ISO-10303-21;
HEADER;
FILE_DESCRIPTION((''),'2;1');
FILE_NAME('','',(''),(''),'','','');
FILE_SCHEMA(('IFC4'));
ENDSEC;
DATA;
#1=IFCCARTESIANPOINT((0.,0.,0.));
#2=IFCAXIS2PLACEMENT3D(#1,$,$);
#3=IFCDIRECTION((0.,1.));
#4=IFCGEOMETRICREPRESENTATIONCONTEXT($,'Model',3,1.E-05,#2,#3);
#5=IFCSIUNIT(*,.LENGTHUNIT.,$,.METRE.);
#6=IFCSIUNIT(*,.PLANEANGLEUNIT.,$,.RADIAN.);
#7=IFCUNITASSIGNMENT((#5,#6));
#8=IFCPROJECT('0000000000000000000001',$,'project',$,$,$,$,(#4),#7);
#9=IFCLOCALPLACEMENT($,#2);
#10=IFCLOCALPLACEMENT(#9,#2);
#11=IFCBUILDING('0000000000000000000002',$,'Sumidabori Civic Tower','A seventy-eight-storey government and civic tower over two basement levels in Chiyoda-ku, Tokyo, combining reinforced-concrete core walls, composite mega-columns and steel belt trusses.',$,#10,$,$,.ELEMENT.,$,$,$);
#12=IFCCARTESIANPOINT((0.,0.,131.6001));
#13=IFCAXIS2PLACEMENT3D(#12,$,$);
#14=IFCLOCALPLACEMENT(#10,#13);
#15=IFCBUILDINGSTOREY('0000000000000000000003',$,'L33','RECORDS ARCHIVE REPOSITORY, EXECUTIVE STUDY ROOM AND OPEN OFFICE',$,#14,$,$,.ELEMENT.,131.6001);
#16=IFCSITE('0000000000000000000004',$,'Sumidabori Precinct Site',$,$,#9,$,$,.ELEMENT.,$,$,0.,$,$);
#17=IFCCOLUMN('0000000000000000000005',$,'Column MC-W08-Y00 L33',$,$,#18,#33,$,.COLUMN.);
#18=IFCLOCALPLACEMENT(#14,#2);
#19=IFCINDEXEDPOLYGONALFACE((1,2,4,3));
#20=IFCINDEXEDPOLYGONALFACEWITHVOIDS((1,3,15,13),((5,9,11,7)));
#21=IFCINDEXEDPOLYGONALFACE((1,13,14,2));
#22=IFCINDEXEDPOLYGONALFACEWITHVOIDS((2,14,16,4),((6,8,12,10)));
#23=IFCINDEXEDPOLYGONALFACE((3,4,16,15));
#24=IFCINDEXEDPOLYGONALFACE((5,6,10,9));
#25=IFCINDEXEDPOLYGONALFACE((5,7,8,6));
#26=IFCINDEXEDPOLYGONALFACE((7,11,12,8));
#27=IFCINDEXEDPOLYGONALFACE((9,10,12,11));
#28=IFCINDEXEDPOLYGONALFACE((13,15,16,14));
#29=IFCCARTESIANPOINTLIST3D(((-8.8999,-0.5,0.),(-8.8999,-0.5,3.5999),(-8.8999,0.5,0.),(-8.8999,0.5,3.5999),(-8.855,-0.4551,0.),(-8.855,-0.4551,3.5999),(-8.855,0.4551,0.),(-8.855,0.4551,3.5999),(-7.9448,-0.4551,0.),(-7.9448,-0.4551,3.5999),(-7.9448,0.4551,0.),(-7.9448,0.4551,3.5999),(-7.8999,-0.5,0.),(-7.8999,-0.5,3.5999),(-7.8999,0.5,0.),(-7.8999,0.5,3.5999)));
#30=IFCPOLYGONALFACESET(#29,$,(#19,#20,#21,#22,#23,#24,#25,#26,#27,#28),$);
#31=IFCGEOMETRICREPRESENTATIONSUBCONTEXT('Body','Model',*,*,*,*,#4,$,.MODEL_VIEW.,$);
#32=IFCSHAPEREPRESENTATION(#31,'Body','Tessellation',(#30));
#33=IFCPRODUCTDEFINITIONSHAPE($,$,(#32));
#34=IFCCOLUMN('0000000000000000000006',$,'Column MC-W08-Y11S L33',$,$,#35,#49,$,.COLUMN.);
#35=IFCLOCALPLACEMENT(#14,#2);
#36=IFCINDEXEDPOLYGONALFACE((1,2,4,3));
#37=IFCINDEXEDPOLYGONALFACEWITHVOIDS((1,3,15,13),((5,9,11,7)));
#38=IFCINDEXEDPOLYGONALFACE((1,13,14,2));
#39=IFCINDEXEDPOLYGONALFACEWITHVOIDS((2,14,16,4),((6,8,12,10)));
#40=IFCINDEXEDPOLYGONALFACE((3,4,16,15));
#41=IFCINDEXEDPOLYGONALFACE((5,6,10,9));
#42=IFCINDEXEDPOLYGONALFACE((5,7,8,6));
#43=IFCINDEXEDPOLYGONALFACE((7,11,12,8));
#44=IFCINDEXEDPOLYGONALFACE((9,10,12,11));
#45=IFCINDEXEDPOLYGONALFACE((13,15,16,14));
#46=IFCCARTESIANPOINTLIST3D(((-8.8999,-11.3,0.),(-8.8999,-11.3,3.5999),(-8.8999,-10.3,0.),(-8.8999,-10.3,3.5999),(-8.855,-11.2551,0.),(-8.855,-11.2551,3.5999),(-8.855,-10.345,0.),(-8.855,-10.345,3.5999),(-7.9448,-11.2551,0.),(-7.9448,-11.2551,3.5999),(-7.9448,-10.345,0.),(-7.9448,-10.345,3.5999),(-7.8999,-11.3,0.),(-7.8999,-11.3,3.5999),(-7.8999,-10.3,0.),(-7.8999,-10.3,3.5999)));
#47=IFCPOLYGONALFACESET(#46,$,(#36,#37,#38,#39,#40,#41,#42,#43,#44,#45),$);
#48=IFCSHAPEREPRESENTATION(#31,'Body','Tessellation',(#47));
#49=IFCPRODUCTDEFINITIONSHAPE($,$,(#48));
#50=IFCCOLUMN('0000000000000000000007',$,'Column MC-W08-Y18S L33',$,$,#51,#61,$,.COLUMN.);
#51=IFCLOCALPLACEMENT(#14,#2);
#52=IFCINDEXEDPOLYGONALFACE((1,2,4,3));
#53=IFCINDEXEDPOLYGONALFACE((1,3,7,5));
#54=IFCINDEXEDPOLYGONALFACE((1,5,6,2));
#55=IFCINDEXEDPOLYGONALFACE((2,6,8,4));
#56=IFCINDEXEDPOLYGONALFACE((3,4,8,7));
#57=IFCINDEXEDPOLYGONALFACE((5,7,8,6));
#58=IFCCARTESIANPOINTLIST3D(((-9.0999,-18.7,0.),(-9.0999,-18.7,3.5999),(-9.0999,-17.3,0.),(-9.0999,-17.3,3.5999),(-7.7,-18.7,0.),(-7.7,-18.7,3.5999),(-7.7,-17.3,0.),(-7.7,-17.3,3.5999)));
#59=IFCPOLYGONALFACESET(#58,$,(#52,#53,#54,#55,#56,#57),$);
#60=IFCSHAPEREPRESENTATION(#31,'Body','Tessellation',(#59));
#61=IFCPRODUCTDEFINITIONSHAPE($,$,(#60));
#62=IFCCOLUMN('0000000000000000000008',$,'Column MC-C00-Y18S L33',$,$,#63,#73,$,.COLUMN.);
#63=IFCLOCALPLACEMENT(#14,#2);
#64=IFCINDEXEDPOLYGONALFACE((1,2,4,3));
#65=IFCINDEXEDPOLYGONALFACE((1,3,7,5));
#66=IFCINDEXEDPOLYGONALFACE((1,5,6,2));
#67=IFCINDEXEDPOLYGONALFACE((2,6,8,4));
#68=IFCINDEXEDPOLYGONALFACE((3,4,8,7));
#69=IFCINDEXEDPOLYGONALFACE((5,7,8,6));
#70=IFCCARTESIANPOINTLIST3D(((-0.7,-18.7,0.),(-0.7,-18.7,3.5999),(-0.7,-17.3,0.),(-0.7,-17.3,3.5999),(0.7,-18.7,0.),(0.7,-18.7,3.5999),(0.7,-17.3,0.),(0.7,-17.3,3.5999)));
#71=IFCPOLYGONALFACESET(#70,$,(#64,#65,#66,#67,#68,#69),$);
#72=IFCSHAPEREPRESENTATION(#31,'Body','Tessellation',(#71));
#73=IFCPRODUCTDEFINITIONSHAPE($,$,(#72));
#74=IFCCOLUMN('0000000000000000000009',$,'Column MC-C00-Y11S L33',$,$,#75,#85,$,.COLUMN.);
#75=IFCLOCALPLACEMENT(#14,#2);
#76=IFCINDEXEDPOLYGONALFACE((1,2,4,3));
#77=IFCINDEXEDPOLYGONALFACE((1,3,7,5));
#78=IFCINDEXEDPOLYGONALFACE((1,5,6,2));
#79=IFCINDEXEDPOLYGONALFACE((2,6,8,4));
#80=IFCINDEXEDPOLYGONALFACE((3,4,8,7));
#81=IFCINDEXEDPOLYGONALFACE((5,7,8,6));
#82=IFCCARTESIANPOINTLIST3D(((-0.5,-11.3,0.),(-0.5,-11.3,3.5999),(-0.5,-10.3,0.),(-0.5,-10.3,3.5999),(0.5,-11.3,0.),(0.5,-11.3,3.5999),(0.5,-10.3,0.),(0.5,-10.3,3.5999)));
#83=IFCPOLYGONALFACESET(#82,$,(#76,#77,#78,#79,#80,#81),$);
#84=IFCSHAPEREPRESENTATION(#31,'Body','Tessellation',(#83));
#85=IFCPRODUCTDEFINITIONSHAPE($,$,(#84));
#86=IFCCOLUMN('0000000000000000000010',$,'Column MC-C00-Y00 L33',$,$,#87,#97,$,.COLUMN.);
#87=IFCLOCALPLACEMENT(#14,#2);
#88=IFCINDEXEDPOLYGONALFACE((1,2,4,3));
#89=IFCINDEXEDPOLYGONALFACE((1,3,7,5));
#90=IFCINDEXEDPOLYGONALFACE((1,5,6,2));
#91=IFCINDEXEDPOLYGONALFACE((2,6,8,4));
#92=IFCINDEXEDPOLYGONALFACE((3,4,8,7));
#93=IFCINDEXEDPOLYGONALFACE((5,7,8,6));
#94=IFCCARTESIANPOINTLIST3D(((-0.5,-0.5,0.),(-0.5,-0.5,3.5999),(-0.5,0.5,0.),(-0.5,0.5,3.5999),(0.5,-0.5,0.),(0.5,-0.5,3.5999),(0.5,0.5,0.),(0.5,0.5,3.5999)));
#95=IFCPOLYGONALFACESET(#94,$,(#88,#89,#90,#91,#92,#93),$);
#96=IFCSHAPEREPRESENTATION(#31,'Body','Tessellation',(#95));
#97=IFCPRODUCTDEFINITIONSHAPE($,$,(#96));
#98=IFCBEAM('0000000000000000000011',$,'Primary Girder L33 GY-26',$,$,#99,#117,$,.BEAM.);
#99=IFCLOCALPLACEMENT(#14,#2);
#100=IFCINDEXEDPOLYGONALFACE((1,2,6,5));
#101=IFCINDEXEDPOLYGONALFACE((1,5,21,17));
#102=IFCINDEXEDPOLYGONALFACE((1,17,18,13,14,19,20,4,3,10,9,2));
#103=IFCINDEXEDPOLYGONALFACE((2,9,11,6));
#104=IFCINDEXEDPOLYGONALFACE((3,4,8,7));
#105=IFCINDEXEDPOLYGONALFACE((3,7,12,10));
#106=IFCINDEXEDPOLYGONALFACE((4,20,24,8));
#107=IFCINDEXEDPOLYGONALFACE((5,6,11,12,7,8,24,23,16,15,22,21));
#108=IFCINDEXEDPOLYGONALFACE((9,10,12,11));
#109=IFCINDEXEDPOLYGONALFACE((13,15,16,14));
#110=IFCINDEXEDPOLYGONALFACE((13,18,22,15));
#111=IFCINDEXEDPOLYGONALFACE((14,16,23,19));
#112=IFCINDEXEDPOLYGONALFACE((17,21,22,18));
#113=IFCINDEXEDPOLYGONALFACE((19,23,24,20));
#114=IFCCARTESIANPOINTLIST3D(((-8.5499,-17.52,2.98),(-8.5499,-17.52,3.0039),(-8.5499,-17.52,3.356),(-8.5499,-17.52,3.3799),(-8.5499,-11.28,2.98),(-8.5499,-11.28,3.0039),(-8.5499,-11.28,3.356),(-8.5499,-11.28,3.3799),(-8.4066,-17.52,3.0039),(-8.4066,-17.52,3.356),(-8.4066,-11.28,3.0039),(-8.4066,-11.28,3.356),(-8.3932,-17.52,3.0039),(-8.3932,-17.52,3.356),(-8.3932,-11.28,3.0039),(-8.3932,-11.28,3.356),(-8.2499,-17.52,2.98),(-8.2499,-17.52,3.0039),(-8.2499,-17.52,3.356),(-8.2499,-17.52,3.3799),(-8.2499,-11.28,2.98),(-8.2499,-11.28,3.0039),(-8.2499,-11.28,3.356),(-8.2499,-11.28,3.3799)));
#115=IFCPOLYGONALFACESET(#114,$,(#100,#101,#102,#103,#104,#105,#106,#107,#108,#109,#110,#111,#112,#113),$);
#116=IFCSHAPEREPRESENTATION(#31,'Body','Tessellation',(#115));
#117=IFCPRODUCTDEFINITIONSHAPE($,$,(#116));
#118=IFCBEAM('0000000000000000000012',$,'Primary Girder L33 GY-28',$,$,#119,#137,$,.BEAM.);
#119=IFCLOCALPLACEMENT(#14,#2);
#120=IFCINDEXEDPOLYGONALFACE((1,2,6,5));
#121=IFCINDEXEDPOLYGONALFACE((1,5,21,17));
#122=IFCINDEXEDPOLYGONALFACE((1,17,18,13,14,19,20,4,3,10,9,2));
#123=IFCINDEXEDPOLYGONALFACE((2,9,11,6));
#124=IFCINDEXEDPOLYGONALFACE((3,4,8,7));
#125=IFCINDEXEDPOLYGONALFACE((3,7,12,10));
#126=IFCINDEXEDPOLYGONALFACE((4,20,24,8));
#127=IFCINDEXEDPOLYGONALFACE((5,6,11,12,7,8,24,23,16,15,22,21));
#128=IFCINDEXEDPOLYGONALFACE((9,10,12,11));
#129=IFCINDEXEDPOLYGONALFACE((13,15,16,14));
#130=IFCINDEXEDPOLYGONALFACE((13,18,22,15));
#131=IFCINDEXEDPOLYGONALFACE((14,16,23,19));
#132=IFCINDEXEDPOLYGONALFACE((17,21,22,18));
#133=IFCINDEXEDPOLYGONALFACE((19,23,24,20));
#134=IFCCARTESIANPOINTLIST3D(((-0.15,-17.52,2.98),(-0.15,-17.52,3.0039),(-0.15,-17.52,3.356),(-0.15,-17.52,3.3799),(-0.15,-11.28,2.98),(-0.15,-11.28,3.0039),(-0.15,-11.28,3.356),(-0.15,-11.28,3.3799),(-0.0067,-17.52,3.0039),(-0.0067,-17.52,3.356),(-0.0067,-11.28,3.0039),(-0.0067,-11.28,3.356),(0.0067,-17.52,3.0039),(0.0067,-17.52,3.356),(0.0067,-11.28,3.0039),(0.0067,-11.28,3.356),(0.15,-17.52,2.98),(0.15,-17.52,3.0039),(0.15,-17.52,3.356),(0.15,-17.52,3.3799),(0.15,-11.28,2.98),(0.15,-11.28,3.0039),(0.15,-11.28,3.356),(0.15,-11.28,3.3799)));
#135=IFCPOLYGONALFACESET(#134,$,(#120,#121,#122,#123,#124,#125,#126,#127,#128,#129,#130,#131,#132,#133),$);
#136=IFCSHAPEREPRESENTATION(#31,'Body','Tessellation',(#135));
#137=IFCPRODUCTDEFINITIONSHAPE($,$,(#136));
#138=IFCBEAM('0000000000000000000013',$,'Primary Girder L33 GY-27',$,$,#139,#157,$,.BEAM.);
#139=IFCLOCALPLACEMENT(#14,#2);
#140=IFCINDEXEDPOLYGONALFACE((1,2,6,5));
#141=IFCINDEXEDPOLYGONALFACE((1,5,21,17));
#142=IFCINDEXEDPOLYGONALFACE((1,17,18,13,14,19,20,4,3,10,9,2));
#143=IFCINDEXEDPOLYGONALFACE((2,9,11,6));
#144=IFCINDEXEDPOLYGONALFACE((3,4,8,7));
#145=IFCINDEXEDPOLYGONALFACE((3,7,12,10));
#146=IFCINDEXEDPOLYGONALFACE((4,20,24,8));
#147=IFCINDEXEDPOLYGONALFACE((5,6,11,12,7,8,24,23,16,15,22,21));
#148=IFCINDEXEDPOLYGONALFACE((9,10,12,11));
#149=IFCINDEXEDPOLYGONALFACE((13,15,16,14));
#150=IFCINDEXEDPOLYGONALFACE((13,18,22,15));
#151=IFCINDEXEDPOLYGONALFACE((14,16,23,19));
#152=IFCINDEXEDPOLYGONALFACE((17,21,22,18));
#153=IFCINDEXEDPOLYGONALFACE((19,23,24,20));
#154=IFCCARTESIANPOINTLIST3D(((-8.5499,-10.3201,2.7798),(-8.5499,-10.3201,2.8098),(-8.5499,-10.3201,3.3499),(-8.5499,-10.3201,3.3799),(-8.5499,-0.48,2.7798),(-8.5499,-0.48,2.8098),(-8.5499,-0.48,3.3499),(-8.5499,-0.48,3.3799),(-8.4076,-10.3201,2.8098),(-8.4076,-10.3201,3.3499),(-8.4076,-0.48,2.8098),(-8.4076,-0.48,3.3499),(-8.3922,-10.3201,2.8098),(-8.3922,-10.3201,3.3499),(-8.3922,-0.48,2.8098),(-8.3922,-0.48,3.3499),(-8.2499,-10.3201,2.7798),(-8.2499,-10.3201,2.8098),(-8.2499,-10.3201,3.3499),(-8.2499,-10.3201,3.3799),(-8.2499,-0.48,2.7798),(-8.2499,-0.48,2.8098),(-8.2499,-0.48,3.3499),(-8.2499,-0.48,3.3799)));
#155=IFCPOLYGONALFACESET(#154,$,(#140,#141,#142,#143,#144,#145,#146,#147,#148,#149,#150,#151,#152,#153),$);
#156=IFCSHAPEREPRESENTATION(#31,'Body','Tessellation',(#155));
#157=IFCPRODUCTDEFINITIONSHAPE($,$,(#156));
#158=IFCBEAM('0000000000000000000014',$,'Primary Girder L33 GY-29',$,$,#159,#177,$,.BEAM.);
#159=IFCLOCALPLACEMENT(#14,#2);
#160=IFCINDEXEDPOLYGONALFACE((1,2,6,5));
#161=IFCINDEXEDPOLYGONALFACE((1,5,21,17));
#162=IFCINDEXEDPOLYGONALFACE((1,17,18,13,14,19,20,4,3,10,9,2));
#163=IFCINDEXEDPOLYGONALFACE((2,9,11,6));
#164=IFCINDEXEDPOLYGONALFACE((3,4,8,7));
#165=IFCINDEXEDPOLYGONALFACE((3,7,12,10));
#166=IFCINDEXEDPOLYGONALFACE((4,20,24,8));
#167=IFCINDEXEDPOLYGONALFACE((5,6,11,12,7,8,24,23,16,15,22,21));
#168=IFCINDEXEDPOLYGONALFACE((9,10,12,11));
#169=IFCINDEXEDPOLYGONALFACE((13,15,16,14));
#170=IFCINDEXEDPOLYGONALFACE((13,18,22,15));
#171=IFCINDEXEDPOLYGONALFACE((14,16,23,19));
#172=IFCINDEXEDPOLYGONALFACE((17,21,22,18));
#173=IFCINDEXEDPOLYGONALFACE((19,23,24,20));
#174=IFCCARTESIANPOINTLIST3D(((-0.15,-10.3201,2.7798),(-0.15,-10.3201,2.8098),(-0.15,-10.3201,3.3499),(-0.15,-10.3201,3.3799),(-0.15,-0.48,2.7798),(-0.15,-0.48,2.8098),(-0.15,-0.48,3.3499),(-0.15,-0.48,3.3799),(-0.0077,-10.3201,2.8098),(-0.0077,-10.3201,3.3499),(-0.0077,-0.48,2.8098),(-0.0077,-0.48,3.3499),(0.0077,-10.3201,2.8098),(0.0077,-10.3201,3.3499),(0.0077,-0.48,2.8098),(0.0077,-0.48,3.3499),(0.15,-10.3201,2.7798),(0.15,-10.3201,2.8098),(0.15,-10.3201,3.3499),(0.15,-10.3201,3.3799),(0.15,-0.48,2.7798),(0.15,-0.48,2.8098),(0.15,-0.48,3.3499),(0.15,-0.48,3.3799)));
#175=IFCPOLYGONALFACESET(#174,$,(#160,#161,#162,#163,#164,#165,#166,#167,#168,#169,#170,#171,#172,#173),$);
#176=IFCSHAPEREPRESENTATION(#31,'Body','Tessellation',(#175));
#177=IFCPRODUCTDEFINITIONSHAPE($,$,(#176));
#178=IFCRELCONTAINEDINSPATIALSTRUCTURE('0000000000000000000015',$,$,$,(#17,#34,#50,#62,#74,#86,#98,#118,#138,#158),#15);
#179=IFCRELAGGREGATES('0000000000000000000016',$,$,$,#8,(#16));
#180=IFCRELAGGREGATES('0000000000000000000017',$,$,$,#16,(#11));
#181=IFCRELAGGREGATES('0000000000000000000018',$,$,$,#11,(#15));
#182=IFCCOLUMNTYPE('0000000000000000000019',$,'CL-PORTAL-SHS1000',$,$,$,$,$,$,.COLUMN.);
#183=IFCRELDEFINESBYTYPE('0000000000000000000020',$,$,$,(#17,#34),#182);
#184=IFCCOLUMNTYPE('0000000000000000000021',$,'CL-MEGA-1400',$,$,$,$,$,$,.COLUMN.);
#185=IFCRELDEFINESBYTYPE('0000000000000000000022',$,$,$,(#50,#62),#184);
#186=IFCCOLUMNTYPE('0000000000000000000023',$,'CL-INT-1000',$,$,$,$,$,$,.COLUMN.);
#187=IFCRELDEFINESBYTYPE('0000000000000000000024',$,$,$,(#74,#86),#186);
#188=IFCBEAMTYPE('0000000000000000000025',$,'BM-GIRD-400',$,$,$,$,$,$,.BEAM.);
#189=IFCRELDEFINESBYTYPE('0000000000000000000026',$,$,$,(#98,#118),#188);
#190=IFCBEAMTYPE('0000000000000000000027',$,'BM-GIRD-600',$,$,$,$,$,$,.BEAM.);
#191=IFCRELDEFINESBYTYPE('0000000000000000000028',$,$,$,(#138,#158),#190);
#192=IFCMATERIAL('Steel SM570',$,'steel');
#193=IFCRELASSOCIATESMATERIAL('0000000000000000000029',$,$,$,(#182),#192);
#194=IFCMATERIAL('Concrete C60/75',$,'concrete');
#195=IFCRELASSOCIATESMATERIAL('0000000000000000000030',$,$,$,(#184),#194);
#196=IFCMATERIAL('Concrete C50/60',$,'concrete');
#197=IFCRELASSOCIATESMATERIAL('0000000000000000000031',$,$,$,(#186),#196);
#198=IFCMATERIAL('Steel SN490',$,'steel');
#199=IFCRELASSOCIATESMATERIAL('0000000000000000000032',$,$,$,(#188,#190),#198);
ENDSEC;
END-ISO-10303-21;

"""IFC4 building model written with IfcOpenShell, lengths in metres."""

from ifc_helpers import new_model, si_unit, direction, frame, origin, origin_2d, place, context, subcontext, project, spatial, rectangle, hollow_rectangle, i_section, extrude, source, transform, mapped, material, material_profile, profile_set, type_object, element, save


model = new_model("IFC4")

# Units and contexts
model_context = context("Model", 3, precision=1e-05, world=origin(), true_north=direction((0.0, 1.0)))
body_context = subcontext(model_context, "Body", "Model", "MODEL_VIEW")
ifc_project = project(units=[si_unit("LENGTHUNIT", "METRE"), si_unit("PLANEANGLEUNIT", "RADIAN")], contexts=[model_context])

# Site, building, storey
site_placement = place(None, origin())
site = spatial("IfcSite", under=ifc_project, at=site_placement, Name="Sumidabori Precinct Site", CompositionType="ELEMENT", RefElevation=0.0)
building_placement = place(site_placement, origin())
building = spatial("IfcBuilding", under=site, at=building_placement, Name="Sumidabori Civic Tower", Description="A seventy-eight-storey government and civic tower over two basement levels in Chiyoda-ku, Tokyo, combining reinforced-concrete core walls, composite mega-columns and steel belt trusses.", CompositionType="ELEMENT")
storey_placement = place(building_placement, frame((0.0, 0.0, 131.6001)))
storey = spatial("IfcBuildingStorey", under=building, at=storey_placement, Name="L33", Description="RECORDS ARCHIVE REPOSITORY, EXECUTIVE STUDY ROOM AND OPEN OFFICE", CompositionType="ELEMENT", Elevation=131.6001)

# Columns
ifc_material_1 = material(Name="Steel SM570", Category="steel")
ifc_material_profile_1 = material_profile(ifc_material_1, hollow_rectangle(XDim=1.0, YDim=1.0, WallThickness=0.0449, at=origin_2d()), Name="SHS 1000x1000x45")
ifc_profile_set_1 = profile_set([ifc_material_profile_1], Name="Steel SM570")
column_type_1 = type_object("IfcColumnType", Name="CL-PORTAL-SHS1000", PredefinedType="COLUMN", material=ifc_profile_set_1)
shared_shape_1 = source(origin(), body_context, "Body", "SweptSolid", [
    extrude(hollow_rectangle(XDim=1.0, YDim=1.0, WallThickness=0.0449, at=origin_2d()), origin(), (0.0, 0.0, 1.0), 3.5999),
])
for number, where, z_axis, x_axis, name in (
    (1, (-8.3999, 0.0, 0.0), (0.0, 0.0, 1.0), (1.0, 0.0, 0.0), "Column MC-W08-Y00 L33"),
    (2, (-8.3999, -10.8, 0.0), (0.0, 0.0, 1.0), (1.0, 0.0, 0.0), "Column MC-W08-Y11S L33"),
):
    element("IfcColumn", number, at=place(storey_placement, frame(where, z_axis=z_axis, x_axis=x_axis)), inside=storey, type_object=column_type_1, Name=name, PredefinedType="COLUMN", context=body_context, shape_type="MappedRepresentation", body=[
        mapped(shared_shape_1, transform((0.0, 0.0, 0.0), x_axis=(1.0, 0.0, 0.0), y_axis=(0.0, 1.0, 0.0), z_axis=(0.0, 0.0, 1.0), scale=1.0)),
    ])
ifc_material_2 = material(Name="Concrete C60/75", Category="concrete")
ifc_material_profile_2 = material_profile(ifc_material_2, rectangle(XDim=1.3999, YDim=1.3999, at=origin_2d()), Name="RC 1400x1400")
ifc_profile_set_2 = profile_set([ifc_material_profile_2], Name="Concrete C60/75")
column_type_2 = type_object("IfcColumnType", Name="CL-MEGA-1400", PredefinedType="COLUMN", material=ifc_profile_set_2)
shared_shape_2 = source(origin(), body_context, "Body", "SweptSolid", [
    extrude(rectangle(XDim=1.3999, YDim=1.3999, at=origin_2d()), origin(), (0.0, 0.0, 1.0), 3.5999),
])
for number, where, z_axis, x_axis, name in (
    (3, (-8.3999, -18.0, 0.0), (0.0, 0.0, 1.0), (1.0, 0.0, 0.0), "Column MC-W08-Y18S L33"),
    (4, (0.0, -18.0, 0.0), (0.0, 0.0, 1.0), (1.0, 0.0, 0.0), "Column MC-C00-Y18S L33"),
):
    element("IfcColumn", number, at=place(storey_placement, frame(where, z_axis=z_axis, x_axis=x_axis)), inside=storey, type_object=column_type_2, Name=name, PredefinedType="COLUMN", context=body_context, shape_type="MappedRepresentation", body=[
        mapped(shared_shape_2, transform((0.0, 0.0, 0.0), x_axis=(1.0, 0.0, 0.0), y_axis=(0.0, 1.0, 0.0), z_axis=(0.0, 0.0, 1.0), scale=1.0)),
    ])
ifc_material_3 = material(Name="Concrete C50/60", Category="concrete")
ifc_material_profile_3 = material_profile(ifc_material_3, rectangle(XDim=1.0, YDim=1.0, at=origin_2d()), Name="RC 1000x1000")
ifc_profile_set_3 = profile_set([ifc_material_profile_3], Name="Concrete C50/60")
column_type_3 = type_object("IfcColumnType", Name="CL-INT-1000", PredefinedType="COLUMN", material=ifc_profile_set_3)
shared_shape_3 = source(origin(), body_context, "Body", "SweptSolid", [
    extrude(rectangle(XDim=1.0, YDim=1.0, at=origin_2d()), origin(), (0.0, 0.0, 1.0), 3.5999),
])
for number, where, z_axis, x_axis, name in (
    (5, (0.0, -10.8, 0.0), (0.0, 0.0, 1.0), (1.0, 0.0, 0.0), "Column MC-C00-Y11S L33"),
    (6, (0.0, 0.0, 0.0), (0.0, 0.0, 1.0), (1.0, 0.0, 0.0), "Column MC-C00-Y00 L33"),
):
    element("IfcColumn", number, at=place(storey_placement, frame(where, z_axis=z_axis, x_axis=x_axis)), inside=storey, type_object=column_type_3, Name=name, PredefinedType="COLUMN", context=body_context, shape_type="MappedRepresentation", body=[
        mapped(shared_shape_3, transform((0.0, 0.0, 0.0), x_axis=(1.0, 0.0, 0.0), y_axis=(0.0, 1.0, 0.0), z_axis=(0.0, 0.0, 1.0), scale=1.0)),
    ])

# Beams
ifc_material_4 = material(Name="Steel SN490", Category="steel")
ifc_material_profile_4 = material_profile(ifc_material_4, i_section(OverallWidth=0.3, OverallDepth=0.3999, WebThickness=0.0134, FlangeThickness=0.0239, at=origin_2d()), Name="HE 400 B")
ifc_profile_set_4 = profile_set([ifc_material_profile_4], Name="Steel SN490")
beam_type_1 = type_object("IfcBeamType", Name="BM-GIRD-400", PredefinedType="BEAM", material=ifc_profile_set_4)
shared_shape_4 = source(origin(), body_context, "Body", "SweptSolid", [
    extrude(i_section(OverallWidth=0.3, OverallDepth=0.3999, WebThickness=0.0134, FlangeThickness=0.0239, at=origin_2d()), origin(), (0.0, 0.0, 1.0), 6.24),
])
for number, where, z_axis, x_axis, name in (
    (7, (-8.3999, -17.52, 3.1799), (0.0, 1.0, 0.0), (-1.0, 0.0, 0.0), "Primary Girder L33 GY-26"),
    (8, (0.0, -17.52, 3.1799), (0.0, 1.0, 0.0), (-1.0, 0.0, 0.0), "Primary Girder L33 GY-28"),
):
    element("IfcBeam", number, at=place(storey_placement, frame(where, z_axis=z_axis, x_axis=x_axis)), inside=storey, type_object=beam_type_1, Name=name, PredefinedType="BEAM", context=body_context, shape_type="MappedRepresentation", body=[
        mapped(shared_shape_4, transform((0.0, 0.0, 0.0), x_axis=(1.0, 0.0, 0.0), y_axis=(0.0, 1.0, 0.0), z_axis=(0.0, 0.0, 1.0), scale=1.0)),
    ])
ifc_material_profile_5 = material_profile(ifc_material_4, i_section(OverallWidth=0.3, OverallDepth=0.6001, WebThickness=0.0154, FlangeThickness=0.03, at=origin_2d()), Name="HE 600 B")
ifc_profile_set_5 = profile_set([ifc_material_profile_5], Name="Steel SN490")
beam_type_2 = type_object("IfcBeamType", Name="BM-GIRD-600", PredefinedType="BEAM", material=ifc_profile_set_5)
shared_shape_5 = source(origin(), body_context, "Body", "SweptSolid", [
    extrude(i_section(OverallWidth=0.3, OverallDepth=0.6001, WebThickness=0.0154, FlangeThickness=0.03, at=origin_2d()), origin(), (0.0, 0.0, 1.0), 9.8401),
])
for number, where, z_axis, x_axis, name in (
    (9, (-8.3999, -10.3201, 3.0798), (0.0, 1.0, 0.0), (-1.0, 0.0, 0.0), "Primary Girder L33 GY-27"),
    (10, (0.0, -10.3201, 3.0798), (0.0, 1.0, 0.0), (-1.0, 0.0, 0.0), "Primary Girder L33 GY-29"),
):
    element("IfcBeam", number, at=place(storey_placement, frame(where, z_axis=z_axis, x_axis=x_axis)), inside=storey, type_object=beam_type_2, Name=name, PredefinedType="BEAM", context=body_context, shape_type="MappedRepresentation", body=[
        mapped(shared_shape_5, transform((0.0, 0.0, 0.0), x_axis=(1.0, 0.0, 0.0), y_axis=(0.0, 1.0, 0.0), z_axis=(0.0, 0.0, 1.0), scale=1.0)),
    ])

save(model, "model.ifc")
